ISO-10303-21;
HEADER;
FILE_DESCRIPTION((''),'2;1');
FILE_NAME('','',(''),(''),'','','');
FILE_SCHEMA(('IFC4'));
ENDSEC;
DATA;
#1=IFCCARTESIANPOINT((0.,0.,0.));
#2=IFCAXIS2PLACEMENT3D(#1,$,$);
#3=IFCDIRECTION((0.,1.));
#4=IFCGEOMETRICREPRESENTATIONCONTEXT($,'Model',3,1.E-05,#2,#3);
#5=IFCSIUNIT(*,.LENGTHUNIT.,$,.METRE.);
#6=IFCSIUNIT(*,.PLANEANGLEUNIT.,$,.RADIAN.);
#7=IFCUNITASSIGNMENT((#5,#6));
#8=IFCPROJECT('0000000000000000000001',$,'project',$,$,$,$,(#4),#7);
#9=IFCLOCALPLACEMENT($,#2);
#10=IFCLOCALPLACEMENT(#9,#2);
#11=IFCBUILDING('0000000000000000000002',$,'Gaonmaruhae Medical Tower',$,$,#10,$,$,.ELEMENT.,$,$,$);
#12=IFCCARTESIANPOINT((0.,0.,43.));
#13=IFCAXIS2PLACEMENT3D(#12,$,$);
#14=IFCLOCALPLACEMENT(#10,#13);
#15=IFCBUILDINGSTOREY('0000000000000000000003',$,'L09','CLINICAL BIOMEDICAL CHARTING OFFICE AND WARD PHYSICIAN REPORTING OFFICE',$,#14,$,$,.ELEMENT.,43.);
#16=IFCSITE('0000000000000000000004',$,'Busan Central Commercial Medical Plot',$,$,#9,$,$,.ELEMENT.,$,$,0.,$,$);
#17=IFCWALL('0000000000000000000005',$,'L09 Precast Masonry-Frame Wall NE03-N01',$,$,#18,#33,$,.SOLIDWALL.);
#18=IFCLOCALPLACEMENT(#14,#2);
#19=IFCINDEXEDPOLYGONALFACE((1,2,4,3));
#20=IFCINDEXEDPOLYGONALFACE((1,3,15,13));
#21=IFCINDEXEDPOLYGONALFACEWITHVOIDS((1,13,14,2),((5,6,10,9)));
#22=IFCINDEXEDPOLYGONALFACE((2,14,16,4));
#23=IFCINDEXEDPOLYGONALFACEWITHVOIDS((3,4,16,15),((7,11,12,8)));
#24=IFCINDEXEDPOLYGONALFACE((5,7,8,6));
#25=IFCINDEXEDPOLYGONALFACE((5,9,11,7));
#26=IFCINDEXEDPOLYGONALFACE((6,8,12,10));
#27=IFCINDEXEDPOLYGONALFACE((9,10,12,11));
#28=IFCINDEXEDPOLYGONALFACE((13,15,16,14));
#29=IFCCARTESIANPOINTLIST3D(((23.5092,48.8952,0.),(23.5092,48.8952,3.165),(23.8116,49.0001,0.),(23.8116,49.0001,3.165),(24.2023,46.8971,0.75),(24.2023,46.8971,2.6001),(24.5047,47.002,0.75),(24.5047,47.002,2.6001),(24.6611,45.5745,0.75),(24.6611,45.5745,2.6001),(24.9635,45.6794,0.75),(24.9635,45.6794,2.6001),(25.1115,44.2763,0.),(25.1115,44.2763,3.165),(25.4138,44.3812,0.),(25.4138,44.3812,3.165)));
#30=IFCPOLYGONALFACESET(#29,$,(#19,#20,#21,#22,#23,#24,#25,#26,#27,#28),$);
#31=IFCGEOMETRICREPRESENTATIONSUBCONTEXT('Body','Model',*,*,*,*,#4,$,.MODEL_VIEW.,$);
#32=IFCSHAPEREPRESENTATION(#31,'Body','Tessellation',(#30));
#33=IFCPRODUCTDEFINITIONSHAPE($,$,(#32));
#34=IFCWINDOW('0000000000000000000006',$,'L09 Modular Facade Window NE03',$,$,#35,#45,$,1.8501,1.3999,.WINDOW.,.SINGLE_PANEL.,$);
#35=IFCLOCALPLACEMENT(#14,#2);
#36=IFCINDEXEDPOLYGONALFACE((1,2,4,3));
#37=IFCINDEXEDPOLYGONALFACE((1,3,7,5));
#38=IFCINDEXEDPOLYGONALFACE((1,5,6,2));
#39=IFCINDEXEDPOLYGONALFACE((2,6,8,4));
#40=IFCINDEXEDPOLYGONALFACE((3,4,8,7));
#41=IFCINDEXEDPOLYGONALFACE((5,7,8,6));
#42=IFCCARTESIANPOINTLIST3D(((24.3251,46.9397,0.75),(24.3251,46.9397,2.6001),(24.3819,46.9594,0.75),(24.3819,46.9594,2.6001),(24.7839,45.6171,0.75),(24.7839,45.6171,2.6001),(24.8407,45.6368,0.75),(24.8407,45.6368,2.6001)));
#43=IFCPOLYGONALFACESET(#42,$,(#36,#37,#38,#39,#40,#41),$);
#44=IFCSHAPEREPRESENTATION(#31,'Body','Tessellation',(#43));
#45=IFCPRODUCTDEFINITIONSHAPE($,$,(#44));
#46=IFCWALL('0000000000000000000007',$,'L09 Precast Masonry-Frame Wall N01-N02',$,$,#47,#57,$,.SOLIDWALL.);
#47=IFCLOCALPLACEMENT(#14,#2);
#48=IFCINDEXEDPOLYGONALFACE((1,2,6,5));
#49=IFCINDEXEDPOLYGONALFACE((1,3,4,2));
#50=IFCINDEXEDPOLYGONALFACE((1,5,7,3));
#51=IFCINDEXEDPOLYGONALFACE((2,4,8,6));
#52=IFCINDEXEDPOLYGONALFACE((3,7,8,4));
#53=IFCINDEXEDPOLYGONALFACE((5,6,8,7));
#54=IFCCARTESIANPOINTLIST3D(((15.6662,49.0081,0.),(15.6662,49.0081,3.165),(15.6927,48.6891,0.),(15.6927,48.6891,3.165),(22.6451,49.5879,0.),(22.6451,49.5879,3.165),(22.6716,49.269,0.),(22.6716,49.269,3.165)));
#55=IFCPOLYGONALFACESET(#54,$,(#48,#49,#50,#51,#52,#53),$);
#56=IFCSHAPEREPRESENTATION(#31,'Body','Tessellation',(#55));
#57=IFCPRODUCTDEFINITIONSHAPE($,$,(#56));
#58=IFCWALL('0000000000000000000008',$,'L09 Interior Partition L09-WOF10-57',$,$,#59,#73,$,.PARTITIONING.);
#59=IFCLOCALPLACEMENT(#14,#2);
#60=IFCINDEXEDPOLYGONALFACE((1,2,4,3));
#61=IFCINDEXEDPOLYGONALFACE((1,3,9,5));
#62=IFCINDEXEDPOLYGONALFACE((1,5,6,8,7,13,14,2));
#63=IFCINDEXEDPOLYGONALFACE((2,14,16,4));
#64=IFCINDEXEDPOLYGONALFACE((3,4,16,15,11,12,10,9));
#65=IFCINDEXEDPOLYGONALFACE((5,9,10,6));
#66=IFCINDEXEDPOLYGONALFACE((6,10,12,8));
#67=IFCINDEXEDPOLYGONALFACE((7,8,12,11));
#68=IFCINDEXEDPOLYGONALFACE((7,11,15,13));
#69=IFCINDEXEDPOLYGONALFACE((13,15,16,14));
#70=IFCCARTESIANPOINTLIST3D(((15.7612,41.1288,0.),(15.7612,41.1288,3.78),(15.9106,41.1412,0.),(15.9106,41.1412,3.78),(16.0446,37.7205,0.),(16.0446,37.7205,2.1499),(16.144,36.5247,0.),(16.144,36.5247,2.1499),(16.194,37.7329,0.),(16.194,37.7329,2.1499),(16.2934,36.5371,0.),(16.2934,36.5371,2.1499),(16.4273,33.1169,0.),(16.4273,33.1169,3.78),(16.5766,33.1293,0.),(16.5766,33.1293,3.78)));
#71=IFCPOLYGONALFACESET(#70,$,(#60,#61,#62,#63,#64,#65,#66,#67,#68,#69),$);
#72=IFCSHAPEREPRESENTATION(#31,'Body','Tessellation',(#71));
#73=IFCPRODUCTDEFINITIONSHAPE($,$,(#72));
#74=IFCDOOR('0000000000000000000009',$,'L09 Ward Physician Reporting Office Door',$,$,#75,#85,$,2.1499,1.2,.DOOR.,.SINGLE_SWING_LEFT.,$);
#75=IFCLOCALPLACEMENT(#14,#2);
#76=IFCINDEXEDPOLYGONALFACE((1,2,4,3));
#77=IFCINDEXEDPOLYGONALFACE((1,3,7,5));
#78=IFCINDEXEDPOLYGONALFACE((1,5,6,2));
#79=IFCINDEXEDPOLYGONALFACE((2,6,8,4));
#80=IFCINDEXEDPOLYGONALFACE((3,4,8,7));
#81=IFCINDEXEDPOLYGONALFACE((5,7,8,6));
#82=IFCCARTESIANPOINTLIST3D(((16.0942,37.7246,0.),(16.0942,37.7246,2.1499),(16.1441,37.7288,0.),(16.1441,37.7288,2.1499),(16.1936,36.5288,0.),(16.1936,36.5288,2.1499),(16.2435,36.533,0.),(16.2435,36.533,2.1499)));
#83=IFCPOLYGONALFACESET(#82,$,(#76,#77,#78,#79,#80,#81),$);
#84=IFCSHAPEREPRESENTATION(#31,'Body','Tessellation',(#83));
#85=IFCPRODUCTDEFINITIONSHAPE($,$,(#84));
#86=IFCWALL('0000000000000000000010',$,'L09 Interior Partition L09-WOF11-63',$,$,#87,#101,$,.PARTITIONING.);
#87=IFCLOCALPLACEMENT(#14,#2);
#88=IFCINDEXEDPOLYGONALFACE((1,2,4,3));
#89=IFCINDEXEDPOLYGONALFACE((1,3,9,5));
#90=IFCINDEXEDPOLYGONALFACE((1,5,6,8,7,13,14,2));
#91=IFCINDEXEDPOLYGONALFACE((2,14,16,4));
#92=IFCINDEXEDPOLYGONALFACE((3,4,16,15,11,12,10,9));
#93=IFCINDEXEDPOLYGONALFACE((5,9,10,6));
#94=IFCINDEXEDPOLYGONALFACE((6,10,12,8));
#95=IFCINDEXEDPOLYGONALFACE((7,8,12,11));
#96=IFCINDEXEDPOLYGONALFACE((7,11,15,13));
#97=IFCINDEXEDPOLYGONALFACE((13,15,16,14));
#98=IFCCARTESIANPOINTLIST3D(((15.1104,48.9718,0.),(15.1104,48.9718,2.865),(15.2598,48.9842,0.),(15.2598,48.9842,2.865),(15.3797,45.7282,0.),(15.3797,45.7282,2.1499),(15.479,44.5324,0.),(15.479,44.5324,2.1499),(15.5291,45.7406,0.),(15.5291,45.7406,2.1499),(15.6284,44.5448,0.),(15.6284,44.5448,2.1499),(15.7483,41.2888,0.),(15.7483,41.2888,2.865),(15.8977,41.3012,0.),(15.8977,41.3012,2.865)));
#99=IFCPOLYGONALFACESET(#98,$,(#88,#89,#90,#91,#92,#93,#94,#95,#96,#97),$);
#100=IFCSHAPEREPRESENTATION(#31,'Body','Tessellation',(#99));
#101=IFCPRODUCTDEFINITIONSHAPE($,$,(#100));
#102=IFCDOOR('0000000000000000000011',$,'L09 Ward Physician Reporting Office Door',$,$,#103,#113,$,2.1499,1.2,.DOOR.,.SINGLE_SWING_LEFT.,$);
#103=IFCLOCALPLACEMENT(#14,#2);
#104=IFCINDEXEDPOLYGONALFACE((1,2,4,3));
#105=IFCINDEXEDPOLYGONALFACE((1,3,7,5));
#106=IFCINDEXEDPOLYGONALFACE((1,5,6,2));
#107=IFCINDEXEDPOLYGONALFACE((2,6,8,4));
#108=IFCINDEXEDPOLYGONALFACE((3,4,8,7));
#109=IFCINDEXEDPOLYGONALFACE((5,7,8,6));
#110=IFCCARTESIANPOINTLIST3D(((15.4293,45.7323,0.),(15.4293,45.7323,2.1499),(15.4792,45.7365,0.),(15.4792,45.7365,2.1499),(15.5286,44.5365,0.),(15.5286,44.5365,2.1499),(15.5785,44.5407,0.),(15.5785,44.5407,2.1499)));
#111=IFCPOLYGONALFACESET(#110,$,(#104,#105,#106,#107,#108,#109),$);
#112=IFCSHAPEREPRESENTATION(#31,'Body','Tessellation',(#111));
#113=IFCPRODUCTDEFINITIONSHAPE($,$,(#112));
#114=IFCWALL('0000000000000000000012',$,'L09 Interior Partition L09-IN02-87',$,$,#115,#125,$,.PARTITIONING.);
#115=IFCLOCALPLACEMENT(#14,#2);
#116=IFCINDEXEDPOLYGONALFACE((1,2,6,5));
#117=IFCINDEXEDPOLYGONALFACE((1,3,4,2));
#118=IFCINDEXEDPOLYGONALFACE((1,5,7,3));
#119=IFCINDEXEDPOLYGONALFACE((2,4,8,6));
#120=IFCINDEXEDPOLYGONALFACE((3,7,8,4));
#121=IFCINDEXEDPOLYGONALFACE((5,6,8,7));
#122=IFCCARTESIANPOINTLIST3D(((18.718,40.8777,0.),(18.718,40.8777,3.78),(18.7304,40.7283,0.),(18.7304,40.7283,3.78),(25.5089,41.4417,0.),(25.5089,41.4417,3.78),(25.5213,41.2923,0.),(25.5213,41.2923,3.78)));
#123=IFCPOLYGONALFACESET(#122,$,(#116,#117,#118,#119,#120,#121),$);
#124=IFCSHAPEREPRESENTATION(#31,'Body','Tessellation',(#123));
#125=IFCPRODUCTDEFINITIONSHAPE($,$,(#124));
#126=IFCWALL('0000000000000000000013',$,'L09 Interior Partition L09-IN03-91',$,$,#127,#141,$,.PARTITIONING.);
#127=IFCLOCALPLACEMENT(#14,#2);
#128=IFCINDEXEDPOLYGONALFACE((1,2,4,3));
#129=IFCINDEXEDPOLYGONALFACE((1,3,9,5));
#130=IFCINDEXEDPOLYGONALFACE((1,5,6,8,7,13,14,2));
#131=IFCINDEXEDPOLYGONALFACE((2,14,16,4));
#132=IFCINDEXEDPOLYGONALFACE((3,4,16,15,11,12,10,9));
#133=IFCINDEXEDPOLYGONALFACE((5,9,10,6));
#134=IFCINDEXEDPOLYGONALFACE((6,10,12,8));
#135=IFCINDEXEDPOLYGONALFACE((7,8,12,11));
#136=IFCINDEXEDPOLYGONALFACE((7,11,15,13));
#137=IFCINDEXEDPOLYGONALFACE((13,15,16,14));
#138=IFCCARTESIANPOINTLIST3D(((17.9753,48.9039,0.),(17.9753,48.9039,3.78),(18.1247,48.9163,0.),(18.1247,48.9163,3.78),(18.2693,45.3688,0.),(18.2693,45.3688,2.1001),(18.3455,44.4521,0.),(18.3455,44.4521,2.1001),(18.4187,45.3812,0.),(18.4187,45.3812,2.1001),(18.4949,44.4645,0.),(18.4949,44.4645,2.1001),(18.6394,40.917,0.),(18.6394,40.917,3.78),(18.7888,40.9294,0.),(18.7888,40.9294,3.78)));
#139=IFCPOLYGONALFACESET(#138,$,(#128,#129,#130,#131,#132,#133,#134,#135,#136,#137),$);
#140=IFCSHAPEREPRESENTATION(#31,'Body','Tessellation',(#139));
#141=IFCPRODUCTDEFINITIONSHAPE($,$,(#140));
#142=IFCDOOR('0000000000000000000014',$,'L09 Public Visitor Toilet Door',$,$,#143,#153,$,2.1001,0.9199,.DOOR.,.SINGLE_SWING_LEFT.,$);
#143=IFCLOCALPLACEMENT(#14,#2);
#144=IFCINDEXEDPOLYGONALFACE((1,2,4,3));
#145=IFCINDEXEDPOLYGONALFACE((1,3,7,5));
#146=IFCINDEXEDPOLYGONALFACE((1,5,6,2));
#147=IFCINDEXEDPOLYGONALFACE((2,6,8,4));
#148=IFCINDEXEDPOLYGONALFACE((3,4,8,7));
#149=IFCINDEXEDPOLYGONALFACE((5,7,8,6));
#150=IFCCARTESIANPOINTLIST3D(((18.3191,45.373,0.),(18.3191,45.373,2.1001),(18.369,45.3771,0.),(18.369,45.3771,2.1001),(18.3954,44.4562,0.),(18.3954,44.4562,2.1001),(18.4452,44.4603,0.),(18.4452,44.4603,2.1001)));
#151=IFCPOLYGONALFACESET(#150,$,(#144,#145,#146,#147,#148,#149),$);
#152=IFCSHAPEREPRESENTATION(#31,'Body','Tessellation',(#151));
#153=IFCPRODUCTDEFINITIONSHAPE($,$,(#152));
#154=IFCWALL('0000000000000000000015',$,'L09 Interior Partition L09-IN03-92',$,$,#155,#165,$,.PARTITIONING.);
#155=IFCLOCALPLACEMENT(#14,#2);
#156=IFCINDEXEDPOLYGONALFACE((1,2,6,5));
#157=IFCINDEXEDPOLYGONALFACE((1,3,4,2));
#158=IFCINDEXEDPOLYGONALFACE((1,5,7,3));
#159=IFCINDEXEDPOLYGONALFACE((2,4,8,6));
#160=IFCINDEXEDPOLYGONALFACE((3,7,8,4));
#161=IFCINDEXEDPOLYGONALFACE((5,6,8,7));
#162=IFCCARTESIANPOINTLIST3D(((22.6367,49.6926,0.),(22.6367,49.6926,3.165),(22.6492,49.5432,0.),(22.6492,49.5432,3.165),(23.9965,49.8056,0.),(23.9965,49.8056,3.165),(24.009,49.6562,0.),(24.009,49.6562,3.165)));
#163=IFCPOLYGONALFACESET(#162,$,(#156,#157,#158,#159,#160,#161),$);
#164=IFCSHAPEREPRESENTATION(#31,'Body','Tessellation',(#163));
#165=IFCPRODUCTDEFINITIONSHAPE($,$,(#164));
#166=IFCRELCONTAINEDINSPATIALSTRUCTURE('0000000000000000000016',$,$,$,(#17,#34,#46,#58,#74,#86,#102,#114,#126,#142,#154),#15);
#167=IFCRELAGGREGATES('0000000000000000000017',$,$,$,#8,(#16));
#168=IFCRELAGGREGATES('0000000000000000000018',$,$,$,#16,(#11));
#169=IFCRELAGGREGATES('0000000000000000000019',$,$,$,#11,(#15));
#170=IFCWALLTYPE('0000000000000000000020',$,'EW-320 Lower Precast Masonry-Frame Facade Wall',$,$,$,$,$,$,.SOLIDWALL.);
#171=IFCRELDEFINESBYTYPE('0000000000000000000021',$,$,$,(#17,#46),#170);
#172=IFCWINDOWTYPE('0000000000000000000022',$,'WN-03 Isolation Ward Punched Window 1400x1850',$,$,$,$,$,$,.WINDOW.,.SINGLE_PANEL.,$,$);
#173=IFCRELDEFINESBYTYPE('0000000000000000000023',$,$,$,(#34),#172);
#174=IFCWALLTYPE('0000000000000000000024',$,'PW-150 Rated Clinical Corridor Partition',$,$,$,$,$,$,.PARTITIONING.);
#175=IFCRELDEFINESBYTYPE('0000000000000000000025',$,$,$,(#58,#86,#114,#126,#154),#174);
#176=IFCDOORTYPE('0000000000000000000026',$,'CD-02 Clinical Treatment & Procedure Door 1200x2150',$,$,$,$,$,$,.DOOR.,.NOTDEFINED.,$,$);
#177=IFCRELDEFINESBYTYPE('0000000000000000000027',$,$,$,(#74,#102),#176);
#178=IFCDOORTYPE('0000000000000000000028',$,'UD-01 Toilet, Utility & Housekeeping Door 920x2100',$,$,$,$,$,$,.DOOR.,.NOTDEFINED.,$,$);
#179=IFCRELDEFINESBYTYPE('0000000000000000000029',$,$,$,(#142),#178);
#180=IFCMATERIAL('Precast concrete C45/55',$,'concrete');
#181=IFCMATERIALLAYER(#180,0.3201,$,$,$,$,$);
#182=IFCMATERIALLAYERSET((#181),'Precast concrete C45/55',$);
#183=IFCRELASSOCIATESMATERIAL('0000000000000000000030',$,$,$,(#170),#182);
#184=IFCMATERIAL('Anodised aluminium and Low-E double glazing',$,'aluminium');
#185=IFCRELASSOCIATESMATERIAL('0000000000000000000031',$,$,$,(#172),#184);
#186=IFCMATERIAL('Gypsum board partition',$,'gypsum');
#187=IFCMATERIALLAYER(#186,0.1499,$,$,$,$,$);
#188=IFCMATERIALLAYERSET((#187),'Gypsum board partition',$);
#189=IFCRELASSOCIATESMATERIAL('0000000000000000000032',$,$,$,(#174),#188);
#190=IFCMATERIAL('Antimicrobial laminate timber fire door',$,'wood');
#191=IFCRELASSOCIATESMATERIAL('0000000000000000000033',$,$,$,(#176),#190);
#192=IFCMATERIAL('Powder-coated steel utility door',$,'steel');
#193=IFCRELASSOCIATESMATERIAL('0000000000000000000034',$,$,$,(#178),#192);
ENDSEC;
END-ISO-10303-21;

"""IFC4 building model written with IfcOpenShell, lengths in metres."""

from ifc_helpers import new_model, si_unit, direction, frame, frame_2d, origin, place, context, subcontext, project, spatial, rectangle, extrude, material, layer, layer_set, type_object, element, fill, save


model = new_model("IFC4")

# Units and contexts
model_context = context("Model", 3, precision=1e-05, world=origin(), true_north=direction((0.0, 1.0)))
body_context = subcontext(model_context, "Body", "Model", "MODEL_VIEW")
ifc_project = project(units=[si_unit("LENGTHUNIT", "METRE"), si_unit("PLANEANGLEUNIT", "RADIAN")], contexts=[model_context])

# Site, building, storey
site_placement = place(None, origin())
site = spatial("IfcSite", under=ifc_project, at=site_placement, Name="Busan Central Commercial Medical Plot", CompositionType="ELEMENT", RefElevation=0.0)
building_placement = place(site_placement, origin())
building = spatial("IfcBuilding", under=site, at=building_placement, Name="Gaonmaruhae Medical Tower", CompositionType="ELEMENT")
storey_placement = place(building_placement, frame((0.0, 0.0, 43.0)))
storey = spatial("IfcBuildingStorey", under=building, at=storey_placement, Name="L09", Description="CLINICAL BIOMEDICAL CHARTING OFFICE AND WARD PHYSICIAN REPORTING OFFICE", CompositionType="ELEMENT", Elevation=43.0)

# Wall, opening, window
ifc_material_1 = material(Name="Precast concrete C45/55", Category="concrete")
ifc_layer_1 = layer(ifc_material_1, 0.3201)
ifc_layer_set_1 = layer_set([ifc_layer_1], Name="Precast concrete C45/55")
wall_type_1 = type_object("IfcWallType", Name="EW-320 Lower Precast Masonry-Frame Facade Wall", PredefinedType="SOLIDWALL", material=ifc_layer_set_1)
wall_1_placement = place(storey_placement, frame((23.6604, 48.9475, 0.0), z_axis=(0.0, 0.0, 1.0), x_axis=(0.32774, -0.944768, 0.0)))
wall_1 = element("IfcWall", 1, at=wall_1_placement, inside=storey, type_object=wall_type_1, Name="L09 Precast Masonry-Frame Wall NE03-N01", PredefinedType="SOLIDWALL", context=body_context, shape_type="SweptSolid", body=[
    extrude(rectangle(XDim=4.8889, YDim=0.3201, at=frame_2d((2.4443, 0.0))), origin(), (0.0, 0.0, 1.0), 3.165),
])
opening_1_placement = place(wall_1_placement, frame((2.1147, 0.0, 0.75)))
opening_1 = element("IfcOpeningElement", 2, at=opening_1_placement, cuts=wall_1, PredefinedType="OPENING", context=body_context, shape_type="SweptSolid", body=[
    extrude(rectangle(XDim=1.3999, YDim=1.8501, at=frame_2d((0.7, 0.925))), frame((0.0, 0.1699, 0.0), z_axis=(0.0, -1.0, 0.0), x_axis=(1.0, 0.0, 0.0)), (0.0, 0.0, 1.0), 0.3401),
])
ifc_material_2 = material(Name="Anodised aluminium and Low-E double glazing", Category="aluminium")
window_type = type_object("IfcWindowType", Name="WN-03 Isolation Ward Punched Window 1400x1850", PartitioningType="SINGLE_PANEL", PredefinedType="WINDOW", material=ifc_material_2)
window_placement = place(opening_1_placement, origin())
window = element("IfcWindow", 3, at=window_placement, inside=storey, type_object=window_type, Name="L09 Modular Facade Window NE03", OverallHeight=1.8501, OverallWidth=1.3999, PartitioningType="SINGLE_PANEL", PredefinedType="WINDOW", context=body_context, shape_type="SweptSolid", body=[
    extrude(rectangle(XDim=1.3999, YDim=1.8501, at=frame_2d((0.7, 0.925))), frame((0.0, 0.03, 0.0), z_axis=(0.0, -1.0, 0.0), x_axis=(1.0, 0.0, 0.0)), (0.0, 0.0, 1.0), 0.0601),
])
fill(opening_1, window)

# Wall
wall_2_placement = place(storey_placement, frame((15.6794, 48.8486, 0.0), z_axis=(0.0, 0.0, 1.0), x_axis=(0.996566, 0.082797, 0.0)))
element("IfcWall", 4, at=wall_2_placement, inside=storey, type_object=wall_type_1, Name="L09 Precast Masonry-Frame Wall N01-N02", PredefinedType="SOLIDWALL", context=body_context, shape_type="SweptSolid", body=[
    extrude(rectangle(XDim=7.0029, YDim=0.3201, at=frame_2d((3.5015, 0.0))), origin(), (0.0, 0.0, 1.0), 3.165),
])

# Walls, openings, doors
ifc_material_3 = material(Name="Gypsum board partition", Category="gypsum")
ifc_layer_2 = layer(ifc_material_3, 0.1499)
ifc_layer_set_2 = layer_set([ifc_layer_2], Name="Gypsum board partition")
wall_type_2 = type_object("IfcWallType", Name="PW-150 Rated Clinical Corridor Partition", PredefinedType="PARTITIONING", material=ifc_layer_set_2)
wall_3_placement = place(storey_placement, frame((15.8359, 41.135, 0.0), z_axis=(0.0, 0.0, 1.0), x_axis=(0.082842, -0.996563, 0.0)))
wall_3 = element("IfcWall", 5, at=wall_3_placement, inside=storey, type_object=wall_type_2, Name="L09 Interior Partition L09-WOF10-57", PredefinedType="PARTITIONING", context=body_context, shape_type="SweptSolid", body=[
    extrude(rectangle(XDim=8.0396, YDim=0.1499, at=frame_2d((4.0198, 0.0))), origin(), (0.0, 0.0, 1.0), 3.78),
])
opening_2_placement = place(wall_3_placement, frame((3.4199, 0.0, 0.0)))
opening_2 = element("IfcOpeningElement", 6, at=opening_2_placement, cuts=wall_3, PredefinedType="OPENING", context=body_context, shape_type="SweptSolid", body=[
    extrude(rectangle(XDim=1.2, YDim=2.1499, at=frame_2d((0.6001, 1.075))), frame((0.0, 0.085, 0.0), z_axis=(0.0, -1.0, 0.0), x_axis=(1.0, 0.0, 0.0)), (0.0, 0.0, 1.0), 0.1699),
])
ifc_material_4 = material(Name="Antimicrobial laminate timber fire door", Category="wood")
door_type_1 = type_object("IfcDoorType", Name="CD-02 Clinical Treatment & Procedure Door 1200x2150", OperationType="NOTDEFINED", PredefinedType="DOOR", material=ifc_material_4)
door_1_placement = place(opening_2_placement, origin())
door_1 = element("IfcDoor", 7, at=door_1_placement, inside=storey, type_object=door_type_1, Name="L09 Ward Physician Reporting Office Door", OperationType="SINGLE_SWING_LEFT", OverallHeight=2.1499, OverallWidth=1.2, PredefinedType="DOOR", context=body_context, shape_type="SweptSolid", body=[
    extrude(rectangle(XDim=1.2, YDim=2.1499, at=frame_2d((0.6001, 1.075))), frame((0.0, 0.0249, 0.0), z_axis=(0.0, -1.0, 0.0), x_axis=(1.0, 0.0, 0.0)), (0.0, 0.0, 1.0), 0.05),
])
fill(opening_2, door_1)
wall_4_placement = place(storey_placement, frame((15.1851, 48.978, 0.0), z_axis=(0.0, 0.0, 1.0), x_axis=(0.082747, -0.996571, 0.0)))
wall_4 = element("IfcWall", 8, at=wall_4_placement, inside=storey, type_object=wall_type_2, Name="L09 Interior Partition L09-WOF11-63", PredefinedType="PARTITIONING", context=body_context, shape_type="SweptSolid", body=[
    extrude(rectangle(XDim=7.7095, YDim=0.1499, at=frame_2d((3.8547, 0.0))), origin(), (0.0, 0.0, 1.0), 2.865),
])
opening_3_placement = place(wall_4_placement, frame((3.2546, 0.0, 0.0)))
opening_3 = element("IfcOpeningElement", 9, at=opening_3_placement, cuts=wall_4, PredefinedType="OPENING", context=body_context, shape_type="SweptSolid", body=[
    extrude(rectangle(XDim=1.2, YDim=2.1499, at=frame_2d((0.6001, 1.075))), frame((0.0, 0.085, 0.0), z_axis=(0.0, -1.0, 0.0), x_axis=(1.0, 0.0, 0.0)), (0.0, 0.0, 1.0), 0.1699),
])
door_2_placement = place(opening_3_placement, origin())
door_2 = element("IfcDoor", 10, at=door_2_placement, inside=storey, type_object=door_type_1, Name="L09 Ward Physician Reporting Office Door", OperationType="SINGLE_SWING_LEFT", OverallHeight=2.1499, OverallWidth=1.2, PredefinedType="DOOR", context=body_context, shape_type="SweptSolid", body=[
    extrude(rectangle(XDim=1.2, YDim=2.1499, at=frame_2d((0.6001, 1.075))), frame((0.0, 0.0249, 0.0), z_axis=(0.0, -1.0, 0.0), x_axis=(1.0, 0.0, 0.0)), (0.0, 0.0, 1.0), 0.05),
])
fill(opening_3, door_2)

# Wall
wall_5_placement = place(storey_placement, frame((18.7241, 40.803, 0.0), z_axis=(0.0, 0.0, 1.0), x_axis=(0.996569, 0.082764, 0.0)))
element("IfcWall", 11, at=wall_5_placement, inside=storey, type_object=wall_type_2, Name="L09 Interior Partition L09-IN02-87", PredefinedType="PARTITIONING", context=body_context, shape_type="SweptSolid", body=[
    extrude(rectangle(XDim=6.8142, YDim=0.1499, at=frame_2d((3.4072, 0.0))), origin(), (0.0, 0.0, 1.0), 3.78),
])

# Wall, opening, door
wall_6_placement = place(storey_placement, frame((18.7141, 40.9231, 0.0), z_axis=(0.0, 0.0, 1.0), x_axis=(-0.082859, 0.996561, 0.0)))
wall_6 = element("IfcWall", 12, at=wall_6_placement, inside=storey, type_object=wall_type_2, Name="L09 Interior Partition L09-IN03-91", PredefinedType="PARTITIONING", context=body_context, shape_type="SweptSolid", body=[
    extrude(rectangle(XDim=8.0144, YDim=0.1499, at=frame_2d((4.0073, 0.0))), origin(), (0.0, 0.0, 1.0), 3.78),
])
opening_4_placement = place(wall_6_placement, frame((3.5474, 0.0, 0.0)))
opening_4 = element("IfcOpeningElement", 13, at=opening_4_placement, cuts=wall_6, PredefinedType="OPENING", context=body_context, shape_type="SweptSolid", body=[
    extrude(rectangle(XDim=0.9199, YDim=2.1001, at=frame_2d((0.46, 1.05))), frame((0.0, 0.085, 0.0), z_axis=(0.0, -1.0, 0.0), x_axis=(1.0, 0.0, 0.0)), (0.0, 0.0, 1.0), 0.1699),
])
ifc_material_5 = material(Name="Powder-coated steel utility door", Category="steel")
door_type_2 = type_object("IfcDoorType", Name="UD-01 Toilet, Utility & Housekeeping Door 920x2100", OperationType="NOTDEFINED", PredefinedType="DOOR", material=ifc_material_5)
door_3_placement = place(opening_4_placement, origin())
door_3 = element("IfcDoor", 14, at=door_3_placement, inside=storey, type_object=door_type_2, Name="L09 Public Visitor Toilet Door", OperationType="SINGLE_SWING_LEFT", OverallHeight=2.1001, OverallWidth=0.9199, PredefinedType="DOOR", context=body_context, shape_type="SweptSolid", body=[
    extrude(rectangle(XDim=0.9199, YDim=2.1001, at=frame_2d((0.46, 1.05))), frame((0.0, 0.0249, 0.0), z_axis=(0.0, -1.0, 0.0), x_axis=(1.0, 0.0, 0.0)), (0.0, 0.0, 1.0), 0.05),
])
fill(opening_4, door_3)

# Wall
wall_7_placement = place(storey_placement, frame((22.6431, 49.6179, 0.0), z_axis=(0.0, 0.0, 1.0), x_axis=(0.996563, 0.082838, 0.0)))
element("IfcWall", 15, at=wall_7_placement, inside=storey, type_object=wall_type_2, Name="L09 Interior Partition L09-IN03-92", PredefinedType="PARTITIONING", context=body_context, shape_type="SweptSolid", body=[
    extrude(rectangle(XDim=1.3645, YDim=0.1499, at=frame_2d((0.6821, 0.0))), origin(), (0.0, 0.0, 1.0), 3.165),
])

save(model, "model.ifc")
